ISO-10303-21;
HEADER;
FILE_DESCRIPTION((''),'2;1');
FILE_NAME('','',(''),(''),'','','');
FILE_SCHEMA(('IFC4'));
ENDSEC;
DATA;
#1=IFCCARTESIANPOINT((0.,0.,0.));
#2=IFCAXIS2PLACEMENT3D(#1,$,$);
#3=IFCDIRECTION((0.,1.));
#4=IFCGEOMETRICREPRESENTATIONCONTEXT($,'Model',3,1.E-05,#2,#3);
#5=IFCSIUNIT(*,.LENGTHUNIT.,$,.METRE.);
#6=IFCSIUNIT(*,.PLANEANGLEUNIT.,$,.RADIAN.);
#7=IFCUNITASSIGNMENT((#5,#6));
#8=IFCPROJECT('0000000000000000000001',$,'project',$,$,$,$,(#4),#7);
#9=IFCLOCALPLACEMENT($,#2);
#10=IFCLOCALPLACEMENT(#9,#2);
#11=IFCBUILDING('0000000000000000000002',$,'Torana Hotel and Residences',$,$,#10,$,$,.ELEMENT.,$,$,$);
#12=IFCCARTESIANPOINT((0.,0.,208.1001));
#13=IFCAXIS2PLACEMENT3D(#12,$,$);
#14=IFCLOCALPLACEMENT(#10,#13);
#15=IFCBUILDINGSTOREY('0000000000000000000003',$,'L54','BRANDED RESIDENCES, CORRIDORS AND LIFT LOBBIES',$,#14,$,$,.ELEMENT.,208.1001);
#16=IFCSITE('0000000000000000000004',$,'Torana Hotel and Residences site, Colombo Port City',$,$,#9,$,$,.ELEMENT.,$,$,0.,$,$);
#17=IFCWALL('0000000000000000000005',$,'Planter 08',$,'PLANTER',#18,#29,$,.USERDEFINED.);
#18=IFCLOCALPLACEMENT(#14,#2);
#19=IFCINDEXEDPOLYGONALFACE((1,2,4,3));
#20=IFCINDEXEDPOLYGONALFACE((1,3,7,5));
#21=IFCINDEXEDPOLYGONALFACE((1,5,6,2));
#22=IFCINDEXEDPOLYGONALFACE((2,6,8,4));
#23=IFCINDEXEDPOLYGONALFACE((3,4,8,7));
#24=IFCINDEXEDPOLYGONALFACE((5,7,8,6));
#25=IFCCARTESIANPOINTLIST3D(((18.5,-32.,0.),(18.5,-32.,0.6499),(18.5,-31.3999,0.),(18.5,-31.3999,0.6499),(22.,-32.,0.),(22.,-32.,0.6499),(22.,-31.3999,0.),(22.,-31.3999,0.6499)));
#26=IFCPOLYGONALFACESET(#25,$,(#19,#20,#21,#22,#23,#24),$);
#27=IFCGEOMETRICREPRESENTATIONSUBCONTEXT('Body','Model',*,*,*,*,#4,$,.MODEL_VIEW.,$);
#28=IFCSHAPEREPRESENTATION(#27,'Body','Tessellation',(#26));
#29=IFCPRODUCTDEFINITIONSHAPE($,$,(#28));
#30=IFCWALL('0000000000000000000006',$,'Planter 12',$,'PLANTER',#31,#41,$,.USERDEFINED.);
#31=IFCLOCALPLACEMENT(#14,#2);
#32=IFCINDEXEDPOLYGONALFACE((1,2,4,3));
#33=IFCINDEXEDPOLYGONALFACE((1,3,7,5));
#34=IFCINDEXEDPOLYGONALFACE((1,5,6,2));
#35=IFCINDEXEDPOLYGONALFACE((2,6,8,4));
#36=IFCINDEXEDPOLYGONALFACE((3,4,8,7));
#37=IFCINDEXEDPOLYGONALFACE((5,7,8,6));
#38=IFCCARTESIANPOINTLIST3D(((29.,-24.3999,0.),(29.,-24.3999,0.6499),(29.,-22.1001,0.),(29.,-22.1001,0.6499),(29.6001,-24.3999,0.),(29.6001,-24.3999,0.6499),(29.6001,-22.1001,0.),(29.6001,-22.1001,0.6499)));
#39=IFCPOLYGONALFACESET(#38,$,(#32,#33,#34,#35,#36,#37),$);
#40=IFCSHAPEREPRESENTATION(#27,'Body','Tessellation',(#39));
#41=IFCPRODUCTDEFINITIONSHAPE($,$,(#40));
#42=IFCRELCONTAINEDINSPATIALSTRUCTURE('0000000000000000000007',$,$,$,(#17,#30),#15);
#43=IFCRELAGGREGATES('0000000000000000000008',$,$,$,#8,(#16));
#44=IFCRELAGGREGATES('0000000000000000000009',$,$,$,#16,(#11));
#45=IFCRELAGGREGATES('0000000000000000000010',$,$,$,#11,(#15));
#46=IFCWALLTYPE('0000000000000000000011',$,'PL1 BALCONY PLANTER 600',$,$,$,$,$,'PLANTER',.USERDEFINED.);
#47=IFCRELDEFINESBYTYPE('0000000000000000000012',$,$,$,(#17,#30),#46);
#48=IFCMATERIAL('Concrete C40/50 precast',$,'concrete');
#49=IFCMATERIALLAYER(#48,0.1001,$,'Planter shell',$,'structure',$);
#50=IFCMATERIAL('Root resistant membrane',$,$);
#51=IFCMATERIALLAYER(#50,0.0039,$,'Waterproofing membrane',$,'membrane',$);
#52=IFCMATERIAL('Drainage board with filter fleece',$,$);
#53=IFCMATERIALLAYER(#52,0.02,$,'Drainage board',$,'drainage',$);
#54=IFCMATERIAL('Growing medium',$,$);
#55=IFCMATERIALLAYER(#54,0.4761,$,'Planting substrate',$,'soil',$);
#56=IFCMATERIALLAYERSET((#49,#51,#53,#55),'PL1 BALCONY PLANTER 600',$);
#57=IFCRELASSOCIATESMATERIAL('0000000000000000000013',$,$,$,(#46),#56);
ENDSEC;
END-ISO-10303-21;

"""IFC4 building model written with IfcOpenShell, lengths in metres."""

from ifc_helpers import new_model, si_unit, direction, frame, frame_2d, origin, place, context, subcontext, project, spatial, rectangle, extrude, material, layer, layer_set, type_object, element, save


model = new_model("IFC4")

# Units and contexts
model_context = context("Model", 3, precision=1e-05, world=origin(), true_north=direction((0.0, 1.0)))
body_context = subcontext(model_context, "Body", "Model", "MODEL_VIEW")
ifc_project = project(units=[si_unit("LENGTHUNIT", "METRE"), si_unit("PLANEANGLEUNIT", "RADIAN")], contexts=[model_context])

# Site, building, storey
site_placement = place(None, origin())
site = spatial("IfcSite", under=ifc_project, at=site_placement, Name="Torana Hotel and Residences site, Colombo Port City", CompositionType="ELEMENT", RefElevation=0.0)
building_placement = place(site_placement, origin())
building = spatial("IfcBuilding", under=site, at=building_placement, Name="Torana Hotel and Residences", CompositionType="ELEMENT")
storey_placement = place(building_placement, frame((0.0, 0.0, 208.1001)))
storey = spatial("IfcBuildingStorey", under=building, at=storey_placement, Name="L54", Description="BRANDED RESIDENCES, CORRIDORS AND LIFT LOBBIES", CompositionType="ELEMENT", Elevation=208.1001)

# Walls
ifc_material_1 = material(Name="Concrete C40/50 precast", Category="concrete")
ifc_layer_1 = layer(ifc_material_1, 0.1001, Name="Planter shell", Category="structure")
ifc_material_2 = material(Name="Root resistant membrane")
ifc_layer_2 = layer(ifc_material_2, 0.0039, Name="Waterproofing membrane", Category="membrane")
ifc_material_3 = material(Name="Drainage board with filter fleece")
ifc_layer_3 = layer(ifc_material_3, 0.02, Name="Drainage board", Category="drainage")
ifc_material_4 = material(Name="Growing medium")
ifc_layer_4 = layer(ifc_material_4, 0.4761, Name="Planting substrate", Category="soil")
ifc_layer_set_1 = layer_set([ifc_layer_1, ifc_layer_2, ifc_layer_3, ifc_layer_4], Name="PL1 BALCONY PLANTER 600")
wall_type_1 = type_object("IfcWallType", Name="PL1 BALCONY PLANTER 600", ElementType="PLANTER", PredefinedType="USERDEFINED", material=ifc_layer_set_1)
wall_1_placement = place(storey_placement, frame((22.0, -31.7, 0.0), z_axis=(0.0, 0.0, 1.0), x_axis=(-1.0, 0.0, 0.0)))
element("IfcWall", 1, at=wall_1_placement, inside=storey, type_object=wall_type_1, Name="Planter 08", ObjectType="PLANTER", PredefinedType="USERDEFINED", context=body_context, shape_type="SweptSolid", body=[
    extrude(rectangle(XDim=3.5, YDim=0.6001, at=frame_2d((1.75, 0.0))), origin(), (0.0, 0.0, 1.0), 0.6499),
])
wall_2_placement = place(storey_placement, frame((29.3, -22.1001, 0.0), z_axis=(0.0, 0.0, 1.0), x_axis=(0.0, -1.0, 0.0)))
element("IfcWall", 2, at=wall_2_placement, inside=storey, type_object=wall_type_1, Name="Planter 12", ObjectType="PLANTER", PredefinedType="USERDEFINED", context=body_context, shape_type="SweptSolid", body=[
    extrude(rectangle(XDim=2.2998, YDim=0.6001, at=frame_2d((1.1499, 0.0))), origin(), (0.0, 0.0, 1.0), 0.6499),
])

save(model, "model.ifc")
